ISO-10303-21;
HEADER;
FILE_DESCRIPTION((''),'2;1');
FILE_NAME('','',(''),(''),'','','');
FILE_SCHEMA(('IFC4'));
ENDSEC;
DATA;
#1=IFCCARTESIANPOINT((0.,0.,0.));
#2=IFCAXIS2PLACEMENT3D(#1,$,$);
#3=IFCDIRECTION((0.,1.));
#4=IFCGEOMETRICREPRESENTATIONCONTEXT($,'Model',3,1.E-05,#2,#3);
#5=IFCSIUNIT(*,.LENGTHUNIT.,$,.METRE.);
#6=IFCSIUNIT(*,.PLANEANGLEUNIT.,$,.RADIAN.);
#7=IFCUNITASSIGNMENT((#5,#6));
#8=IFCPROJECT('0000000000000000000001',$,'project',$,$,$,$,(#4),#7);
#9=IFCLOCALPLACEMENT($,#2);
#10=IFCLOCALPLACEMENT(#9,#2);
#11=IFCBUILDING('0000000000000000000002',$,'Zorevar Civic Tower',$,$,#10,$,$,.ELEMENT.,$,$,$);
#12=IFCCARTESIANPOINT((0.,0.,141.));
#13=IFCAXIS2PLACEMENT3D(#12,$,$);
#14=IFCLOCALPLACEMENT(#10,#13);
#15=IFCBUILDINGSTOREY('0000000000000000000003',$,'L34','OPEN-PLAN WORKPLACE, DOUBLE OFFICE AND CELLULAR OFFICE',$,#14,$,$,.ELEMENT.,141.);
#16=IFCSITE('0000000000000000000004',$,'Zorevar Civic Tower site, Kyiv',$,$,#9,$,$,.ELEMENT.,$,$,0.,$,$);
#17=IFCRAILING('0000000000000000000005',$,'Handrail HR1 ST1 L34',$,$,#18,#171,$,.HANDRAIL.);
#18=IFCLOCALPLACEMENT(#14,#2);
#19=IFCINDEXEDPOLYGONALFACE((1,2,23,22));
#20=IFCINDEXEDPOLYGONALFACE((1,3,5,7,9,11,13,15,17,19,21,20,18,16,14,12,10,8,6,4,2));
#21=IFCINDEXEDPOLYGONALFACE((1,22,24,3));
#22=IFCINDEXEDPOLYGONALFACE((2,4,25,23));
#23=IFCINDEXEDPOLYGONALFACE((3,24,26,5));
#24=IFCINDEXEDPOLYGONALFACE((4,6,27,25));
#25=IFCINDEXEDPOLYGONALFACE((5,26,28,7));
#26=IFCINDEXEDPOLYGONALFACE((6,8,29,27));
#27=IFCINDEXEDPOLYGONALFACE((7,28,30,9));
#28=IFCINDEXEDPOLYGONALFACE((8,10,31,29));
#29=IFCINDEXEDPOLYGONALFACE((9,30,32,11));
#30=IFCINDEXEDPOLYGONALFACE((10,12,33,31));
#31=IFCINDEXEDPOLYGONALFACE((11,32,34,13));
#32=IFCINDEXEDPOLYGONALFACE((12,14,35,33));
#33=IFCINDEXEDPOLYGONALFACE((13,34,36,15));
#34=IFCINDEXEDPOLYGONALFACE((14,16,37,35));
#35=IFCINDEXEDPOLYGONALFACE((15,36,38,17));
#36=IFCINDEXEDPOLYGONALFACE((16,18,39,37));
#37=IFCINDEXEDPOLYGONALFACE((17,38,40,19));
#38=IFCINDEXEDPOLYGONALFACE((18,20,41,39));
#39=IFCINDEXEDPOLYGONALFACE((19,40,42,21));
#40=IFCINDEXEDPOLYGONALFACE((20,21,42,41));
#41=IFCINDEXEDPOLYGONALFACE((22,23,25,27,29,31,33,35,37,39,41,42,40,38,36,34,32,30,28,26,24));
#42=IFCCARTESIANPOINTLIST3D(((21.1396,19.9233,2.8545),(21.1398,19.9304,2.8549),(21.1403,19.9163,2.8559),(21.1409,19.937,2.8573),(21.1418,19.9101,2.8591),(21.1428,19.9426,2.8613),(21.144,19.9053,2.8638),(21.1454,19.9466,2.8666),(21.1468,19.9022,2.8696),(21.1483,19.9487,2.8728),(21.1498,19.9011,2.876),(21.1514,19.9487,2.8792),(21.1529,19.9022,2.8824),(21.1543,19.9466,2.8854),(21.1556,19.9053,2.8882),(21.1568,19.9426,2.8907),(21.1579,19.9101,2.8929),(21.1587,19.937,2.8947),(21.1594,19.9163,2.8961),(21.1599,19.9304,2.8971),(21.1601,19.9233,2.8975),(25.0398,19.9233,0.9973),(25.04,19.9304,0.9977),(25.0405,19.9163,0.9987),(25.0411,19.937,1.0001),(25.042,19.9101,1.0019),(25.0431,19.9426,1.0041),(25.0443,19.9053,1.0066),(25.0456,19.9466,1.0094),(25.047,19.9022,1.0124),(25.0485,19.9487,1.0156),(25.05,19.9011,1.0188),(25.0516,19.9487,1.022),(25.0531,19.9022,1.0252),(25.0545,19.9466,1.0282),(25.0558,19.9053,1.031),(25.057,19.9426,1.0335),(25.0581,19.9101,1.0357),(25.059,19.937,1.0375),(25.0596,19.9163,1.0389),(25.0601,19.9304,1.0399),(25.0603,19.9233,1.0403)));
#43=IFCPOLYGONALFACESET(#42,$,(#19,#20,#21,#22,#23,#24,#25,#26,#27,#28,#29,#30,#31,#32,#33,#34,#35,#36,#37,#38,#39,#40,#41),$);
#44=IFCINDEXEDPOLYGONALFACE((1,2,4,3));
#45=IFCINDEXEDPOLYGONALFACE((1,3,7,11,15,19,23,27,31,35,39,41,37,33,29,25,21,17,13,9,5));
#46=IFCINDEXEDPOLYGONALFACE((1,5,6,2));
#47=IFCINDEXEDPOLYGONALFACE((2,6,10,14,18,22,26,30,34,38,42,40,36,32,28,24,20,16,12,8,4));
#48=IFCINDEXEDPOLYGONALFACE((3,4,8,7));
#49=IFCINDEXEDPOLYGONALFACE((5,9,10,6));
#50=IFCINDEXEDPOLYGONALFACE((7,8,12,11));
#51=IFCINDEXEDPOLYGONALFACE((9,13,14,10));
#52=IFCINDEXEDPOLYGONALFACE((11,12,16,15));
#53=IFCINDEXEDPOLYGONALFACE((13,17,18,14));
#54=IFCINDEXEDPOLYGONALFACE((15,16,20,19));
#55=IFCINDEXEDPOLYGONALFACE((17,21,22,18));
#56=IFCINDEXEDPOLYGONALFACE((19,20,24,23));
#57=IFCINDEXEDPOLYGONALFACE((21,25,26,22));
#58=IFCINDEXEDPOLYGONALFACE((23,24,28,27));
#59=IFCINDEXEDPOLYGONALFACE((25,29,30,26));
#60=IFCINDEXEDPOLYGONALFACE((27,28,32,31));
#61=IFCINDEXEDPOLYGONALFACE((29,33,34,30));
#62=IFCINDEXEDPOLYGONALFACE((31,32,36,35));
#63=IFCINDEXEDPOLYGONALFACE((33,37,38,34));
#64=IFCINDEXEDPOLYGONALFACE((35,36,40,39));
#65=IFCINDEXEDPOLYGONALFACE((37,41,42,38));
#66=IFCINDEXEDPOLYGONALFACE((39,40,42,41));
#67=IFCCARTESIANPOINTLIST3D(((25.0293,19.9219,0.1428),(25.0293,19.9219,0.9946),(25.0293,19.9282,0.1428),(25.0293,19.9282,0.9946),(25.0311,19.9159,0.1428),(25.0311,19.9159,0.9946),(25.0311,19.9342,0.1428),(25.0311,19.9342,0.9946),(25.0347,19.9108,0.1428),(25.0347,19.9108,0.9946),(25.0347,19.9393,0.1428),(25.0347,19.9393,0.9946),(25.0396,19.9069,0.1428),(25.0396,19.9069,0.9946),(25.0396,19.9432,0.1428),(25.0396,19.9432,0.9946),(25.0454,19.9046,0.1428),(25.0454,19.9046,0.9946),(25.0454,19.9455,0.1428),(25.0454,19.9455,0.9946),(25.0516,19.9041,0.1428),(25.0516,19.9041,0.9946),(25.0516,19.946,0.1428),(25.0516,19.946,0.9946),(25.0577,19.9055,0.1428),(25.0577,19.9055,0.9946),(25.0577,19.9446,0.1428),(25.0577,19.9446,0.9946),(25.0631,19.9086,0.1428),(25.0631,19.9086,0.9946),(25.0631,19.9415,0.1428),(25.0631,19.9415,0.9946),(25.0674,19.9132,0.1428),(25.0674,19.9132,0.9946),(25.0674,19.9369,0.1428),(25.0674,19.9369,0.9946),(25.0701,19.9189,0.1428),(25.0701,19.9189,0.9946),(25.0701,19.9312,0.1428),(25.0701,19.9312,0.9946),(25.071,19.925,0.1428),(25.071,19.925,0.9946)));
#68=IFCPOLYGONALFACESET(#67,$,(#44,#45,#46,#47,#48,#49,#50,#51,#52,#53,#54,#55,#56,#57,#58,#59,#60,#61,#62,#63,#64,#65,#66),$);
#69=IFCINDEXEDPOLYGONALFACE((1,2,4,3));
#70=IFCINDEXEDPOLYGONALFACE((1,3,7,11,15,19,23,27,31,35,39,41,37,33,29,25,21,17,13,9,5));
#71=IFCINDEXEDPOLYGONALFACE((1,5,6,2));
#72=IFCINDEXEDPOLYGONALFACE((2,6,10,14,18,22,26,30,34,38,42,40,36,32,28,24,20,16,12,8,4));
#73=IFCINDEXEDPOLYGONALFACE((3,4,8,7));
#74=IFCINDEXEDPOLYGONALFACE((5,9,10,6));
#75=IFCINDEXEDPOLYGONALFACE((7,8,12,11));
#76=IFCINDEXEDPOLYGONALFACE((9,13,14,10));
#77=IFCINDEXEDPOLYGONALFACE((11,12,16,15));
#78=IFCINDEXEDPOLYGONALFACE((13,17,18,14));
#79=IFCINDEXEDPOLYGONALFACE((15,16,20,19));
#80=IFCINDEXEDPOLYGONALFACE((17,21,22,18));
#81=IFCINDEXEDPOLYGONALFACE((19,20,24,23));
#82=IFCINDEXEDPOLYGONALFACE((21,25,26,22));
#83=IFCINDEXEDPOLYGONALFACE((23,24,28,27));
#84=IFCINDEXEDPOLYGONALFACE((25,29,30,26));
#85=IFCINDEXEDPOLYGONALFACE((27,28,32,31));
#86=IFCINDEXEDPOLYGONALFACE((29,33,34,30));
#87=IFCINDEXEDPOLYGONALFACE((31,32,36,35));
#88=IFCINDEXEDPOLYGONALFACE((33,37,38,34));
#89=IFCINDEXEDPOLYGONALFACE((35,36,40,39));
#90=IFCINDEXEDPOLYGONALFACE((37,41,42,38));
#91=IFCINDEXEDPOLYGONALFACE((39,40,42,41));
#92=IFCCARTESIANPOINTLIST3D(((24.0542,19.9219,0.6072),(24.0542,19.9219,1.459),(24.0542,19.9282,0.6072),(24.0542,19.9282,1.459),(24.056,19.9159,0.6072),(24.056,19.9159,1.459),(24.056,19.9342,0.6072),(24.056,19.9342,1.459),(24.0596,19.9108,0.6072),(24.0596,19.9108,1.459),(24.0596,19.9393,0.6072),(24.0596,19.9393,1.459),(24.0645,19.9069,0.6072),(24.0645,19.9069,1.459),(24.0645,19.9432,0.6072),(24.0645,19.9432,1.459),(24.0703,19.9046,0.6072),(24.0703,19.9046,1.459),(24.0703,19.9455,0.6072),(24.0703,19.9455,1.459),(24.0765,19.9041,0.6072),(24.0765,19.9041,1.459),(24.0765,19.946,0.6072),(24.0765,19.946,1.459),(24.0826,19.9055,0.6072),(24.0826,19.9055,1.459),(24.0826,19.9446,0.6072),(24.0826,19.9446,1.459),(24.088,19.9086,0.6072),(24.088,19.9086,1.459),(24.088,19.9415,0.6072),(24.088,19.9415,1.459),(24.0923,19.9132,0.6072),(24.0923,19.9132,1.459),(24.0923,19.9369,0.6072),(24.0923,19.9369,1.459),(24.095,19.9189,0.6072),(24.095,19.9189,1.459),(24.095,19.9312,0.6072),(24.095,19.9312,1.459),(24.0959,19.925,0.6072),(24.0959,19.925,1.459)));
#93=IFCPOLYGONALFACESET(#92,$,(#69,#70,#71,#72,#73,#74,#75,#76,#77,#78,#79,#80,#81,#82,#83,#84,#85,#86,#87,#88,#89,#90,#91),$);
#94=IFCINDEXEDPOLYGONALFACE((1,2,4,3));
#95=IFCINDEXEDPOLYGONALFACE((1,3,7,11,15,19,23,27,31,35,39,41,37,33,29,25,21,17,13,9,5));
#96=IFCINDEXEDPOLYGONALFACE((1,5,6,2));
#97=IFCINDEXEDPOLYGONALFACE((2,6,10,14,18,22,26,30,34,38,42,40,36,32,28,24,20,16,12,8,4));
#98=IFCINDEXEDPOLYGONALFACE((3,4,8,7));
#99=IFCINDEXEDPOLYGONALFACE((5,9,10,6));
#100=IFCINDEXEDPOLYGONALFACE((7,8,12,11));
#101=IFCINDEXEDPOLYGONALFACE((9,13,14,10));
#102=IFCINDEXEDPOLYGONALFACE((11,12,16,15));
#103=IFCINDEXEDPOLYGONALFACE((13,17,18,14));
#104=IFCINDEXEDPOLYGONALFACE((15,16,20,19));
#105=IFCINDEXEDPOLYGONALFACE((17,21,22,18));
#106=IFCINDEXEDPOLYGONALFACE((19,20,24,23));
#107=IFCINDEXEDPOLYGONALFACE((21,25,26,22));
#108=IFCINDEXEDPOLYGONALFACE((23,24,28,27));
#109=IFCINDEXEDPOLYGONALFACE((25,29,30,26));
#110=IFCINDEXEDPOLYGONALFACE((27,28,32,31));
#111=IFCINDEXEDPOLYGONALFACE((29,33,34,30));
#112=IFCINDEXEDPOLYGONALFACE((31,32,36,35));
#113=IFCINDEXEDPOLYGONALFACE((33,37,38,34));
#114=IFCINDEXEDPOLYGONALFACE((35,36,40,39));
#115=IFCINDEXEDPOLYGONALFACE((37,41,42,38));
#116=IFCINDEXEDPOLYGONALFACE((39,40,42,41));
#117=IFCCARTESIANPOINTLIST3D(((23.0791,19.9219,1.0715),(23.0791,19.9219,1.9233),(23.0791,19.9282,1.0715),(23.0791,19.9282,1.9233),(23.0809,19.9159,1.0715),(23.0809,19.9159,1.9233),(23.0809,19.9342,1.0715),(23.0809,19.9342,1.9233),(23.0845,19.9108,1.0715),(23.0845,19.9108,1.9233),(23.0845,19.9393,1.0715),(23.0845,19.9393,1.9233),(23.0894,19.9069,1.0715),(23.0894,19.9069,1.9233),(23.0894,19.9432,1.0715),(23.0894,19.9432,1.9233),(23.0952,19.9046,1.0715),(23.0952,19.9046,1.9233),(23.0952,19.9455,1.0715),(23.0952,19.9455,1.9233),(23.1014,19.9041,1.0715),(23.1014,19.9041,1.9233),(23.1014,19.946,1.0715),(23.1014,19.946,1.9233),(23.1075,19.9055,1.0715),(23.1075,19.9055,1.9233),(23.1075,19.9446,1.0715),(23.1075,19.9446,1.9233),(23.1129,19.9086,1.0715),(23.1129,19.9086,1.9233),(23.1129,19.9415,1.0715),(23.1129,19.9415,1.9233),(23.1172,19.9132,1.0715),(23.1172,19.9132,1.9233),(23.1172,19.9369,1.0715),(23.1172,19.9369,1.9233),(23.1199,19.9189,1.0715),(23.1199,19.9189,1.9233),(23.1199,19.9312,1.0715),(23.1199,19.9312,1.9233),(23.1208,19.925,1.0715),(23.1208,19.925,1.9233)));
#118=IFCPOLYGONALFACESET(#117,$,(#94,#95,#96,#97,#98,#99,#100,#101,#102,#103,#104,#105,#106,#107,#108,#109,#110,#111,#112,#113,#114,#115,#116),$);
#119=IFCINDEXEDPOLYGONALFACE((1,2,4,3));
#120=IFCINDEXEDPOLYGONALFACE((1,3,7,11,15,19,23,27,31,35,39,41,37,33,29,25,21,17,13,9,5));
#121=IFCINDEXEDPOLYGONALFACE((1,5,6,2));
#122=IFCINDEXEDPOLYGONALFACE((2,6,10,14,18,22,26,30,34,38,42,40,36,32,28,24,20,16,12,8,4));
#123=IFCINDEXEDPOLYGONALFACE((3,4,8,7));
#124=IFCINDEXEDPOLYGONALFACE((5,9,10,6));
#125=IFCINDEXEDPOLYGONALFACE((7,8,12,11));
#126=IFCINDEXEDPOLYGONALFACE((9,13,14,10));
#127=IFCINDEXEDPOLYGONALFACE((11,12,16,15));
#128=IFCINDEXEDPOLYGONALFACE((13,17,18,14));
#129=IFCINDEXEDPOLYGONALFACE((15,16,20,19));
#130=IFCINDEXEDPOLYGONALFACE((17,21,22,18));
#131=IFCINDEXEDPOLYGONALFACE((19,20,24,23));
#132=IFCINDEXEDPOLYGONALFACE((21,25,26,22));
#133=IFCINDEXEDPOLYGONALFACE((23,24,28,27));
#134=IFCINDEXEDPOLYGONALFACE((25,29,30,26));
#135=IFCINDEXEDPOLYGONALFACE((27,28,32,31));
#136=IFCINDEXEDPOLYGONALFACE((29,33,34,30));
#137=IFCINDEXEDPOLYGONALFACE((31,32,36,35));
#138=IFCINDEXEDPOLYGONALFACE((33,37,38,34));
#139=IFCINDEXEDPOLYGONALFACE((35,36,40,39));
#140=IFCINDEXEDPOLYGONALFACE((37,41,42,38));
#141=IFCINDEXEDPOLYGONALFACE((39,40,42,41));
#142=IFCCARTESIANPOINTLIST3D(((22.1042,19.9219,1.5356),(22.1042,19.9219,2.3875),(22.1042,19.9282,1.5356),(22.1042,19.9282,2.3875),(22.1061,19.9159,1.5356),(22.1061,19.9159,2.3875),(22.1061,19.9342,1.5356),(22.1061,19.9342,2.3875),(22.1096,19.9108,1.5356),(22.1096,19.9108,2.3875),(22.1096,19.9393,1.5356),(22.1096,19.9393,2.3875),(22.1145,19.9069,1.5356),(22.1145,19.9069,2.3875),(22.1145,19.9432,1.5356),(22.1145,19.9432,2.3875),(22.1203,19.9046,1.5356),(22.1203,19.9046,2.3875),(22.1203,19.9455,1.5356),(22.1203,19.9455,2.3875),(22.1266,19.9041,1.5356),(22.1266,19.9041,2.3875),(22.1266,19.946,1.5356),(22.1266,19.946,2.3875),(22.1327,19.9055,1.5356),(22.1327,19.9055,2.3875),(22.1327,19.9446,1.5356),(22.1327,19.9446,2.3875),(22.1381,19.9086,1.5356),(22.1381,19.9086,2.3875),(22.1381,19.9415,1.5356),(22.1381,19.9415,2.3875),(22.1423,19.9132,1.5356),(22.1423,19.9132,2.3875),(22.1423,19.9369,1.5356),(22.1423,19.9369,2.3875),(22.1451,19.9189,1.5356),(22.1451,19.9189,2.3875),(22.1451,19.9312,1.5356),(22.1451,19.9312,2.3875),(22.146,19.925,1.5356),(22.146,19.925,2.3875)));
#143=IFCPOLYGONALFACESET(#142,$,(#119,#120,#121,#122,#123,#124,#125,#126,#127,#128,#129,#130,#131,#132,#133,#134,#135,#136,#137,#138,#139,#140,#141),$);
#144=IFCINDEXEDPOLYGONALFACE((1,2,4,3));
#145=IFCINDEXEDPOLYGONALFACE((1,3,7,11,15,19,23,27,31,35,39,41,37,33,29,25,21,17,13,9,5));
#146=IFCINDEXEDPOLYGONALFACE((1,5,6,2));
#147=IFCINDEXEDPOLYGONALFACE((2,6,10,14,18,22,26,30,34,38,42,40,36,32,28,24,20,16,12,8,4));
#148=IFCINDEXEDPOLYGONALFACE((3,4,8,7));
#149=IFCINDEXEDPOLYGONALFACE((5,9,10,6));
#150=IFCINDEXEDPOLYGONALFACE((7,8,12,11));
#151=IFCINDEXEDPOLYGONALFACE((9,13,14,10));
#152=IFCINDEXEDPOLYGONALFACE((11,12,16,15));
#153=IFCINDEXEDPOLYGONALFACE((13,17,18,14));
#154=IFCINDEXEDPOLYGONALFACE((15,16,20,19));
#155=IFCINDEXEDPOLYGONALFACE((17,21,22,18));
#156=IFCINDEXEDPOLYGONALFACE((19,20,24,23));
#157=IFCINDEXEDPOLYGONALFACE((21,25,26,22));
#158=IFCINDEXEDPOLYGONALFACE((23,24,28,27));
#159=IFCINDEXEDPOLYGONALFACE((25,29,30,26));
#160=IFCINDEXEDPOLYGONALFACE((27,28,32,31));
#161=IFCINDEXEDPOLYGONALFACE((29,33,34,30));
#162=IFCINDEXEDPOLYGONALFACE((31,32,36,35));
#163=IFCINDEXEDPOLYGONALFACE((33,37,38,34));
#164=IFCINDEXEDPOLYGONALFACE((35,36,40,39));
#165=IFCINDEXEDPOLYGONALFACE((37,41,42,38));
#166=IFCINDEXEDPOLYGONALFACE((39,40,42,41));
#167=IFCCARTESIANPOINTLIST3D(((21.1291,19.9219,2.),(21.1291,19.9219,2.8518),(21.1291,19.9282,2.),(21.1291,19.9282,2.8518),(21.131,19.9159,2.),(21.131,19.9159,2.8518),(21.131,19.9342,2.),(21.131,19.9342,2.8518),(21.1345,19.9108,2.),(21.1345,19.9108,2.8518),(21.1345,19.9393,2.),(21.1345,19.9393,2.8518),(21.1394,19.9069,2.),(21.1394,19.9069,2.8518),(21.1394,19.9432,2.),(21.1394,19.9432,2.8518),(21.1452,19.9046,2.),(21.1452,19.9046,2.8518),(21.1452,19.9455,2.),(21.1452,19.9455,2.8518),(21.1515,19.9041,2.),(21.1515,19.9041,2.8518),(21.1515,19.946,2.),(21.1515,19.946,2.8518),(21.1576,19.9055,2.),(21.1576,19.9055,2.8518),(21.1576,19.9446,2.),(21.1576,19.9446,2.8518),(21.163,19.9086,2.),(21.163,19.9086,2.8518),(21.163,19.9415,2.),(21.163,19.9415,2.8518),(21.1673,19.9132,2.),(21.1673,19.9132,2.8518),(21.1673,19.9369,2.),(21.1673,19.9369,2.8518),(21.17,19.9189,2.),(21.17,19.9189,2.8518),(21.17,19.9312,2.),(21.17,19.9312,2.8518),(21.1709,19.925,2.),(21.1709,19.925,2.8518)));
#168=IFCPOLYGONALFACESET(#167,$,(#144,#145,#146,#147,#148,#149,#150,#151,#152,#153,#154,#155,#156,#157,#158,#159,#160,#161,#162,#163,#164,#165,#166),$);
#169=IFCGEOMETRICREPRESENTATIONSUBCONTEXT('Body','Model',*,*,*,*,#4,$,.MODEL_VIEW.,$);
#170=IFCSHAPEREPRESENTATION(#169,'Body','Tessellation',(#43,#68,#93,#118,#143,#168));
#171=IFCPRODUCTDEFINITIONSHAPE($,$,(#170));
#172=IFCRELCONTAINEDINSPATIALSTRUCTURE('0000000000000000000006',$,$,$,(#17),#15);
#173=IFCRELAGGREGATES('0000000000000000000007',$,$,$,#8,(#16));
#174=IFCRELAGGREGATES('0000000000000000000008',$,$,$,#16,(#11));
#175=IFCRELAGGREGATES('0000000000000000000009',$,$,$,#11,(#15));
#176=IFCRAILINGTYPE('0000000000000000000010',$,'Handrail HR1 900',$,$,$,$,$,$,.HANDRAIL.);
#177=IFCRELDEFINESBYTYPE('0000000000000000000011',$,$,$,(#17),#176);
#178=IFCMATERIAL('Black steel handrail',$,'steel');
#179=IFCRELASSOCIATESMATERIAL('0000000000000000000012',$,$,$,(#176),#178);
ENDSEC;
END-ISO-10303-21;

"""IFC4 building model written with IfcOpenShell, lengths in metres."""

from ifc_helpers import new_model, si_unit, direction, frame, origin, origin_2d, place, context, subcontext, project, spatial, circle, extrude, material, type_object, element, save


model = new_model("IFC4")

# Units and contexts
model_context = context("Model", 3, precision=1e-05, world=origin(), true_north=direction((0.0, 1.0)))
body_context = subcontext(model_context, "Body", "Model", "MODEL_VIEW")
ifc_project = project(units=[si_unit("LENGTHUNIT", "METRE"), si_unit("PLANEANGLEUNIT", "RADIAN")], contexts=[model_context])

# Site, building, storey
site_placement = place(None, origin())
site = spatial("IfcSite", under=ifc_project, at=site_placement, Name="Zorevar Civic Tower site, Kyiv", CompositionType="ELEMENT", RefElevation=0.0)
building_placement = place(site_placement, origin())
building = spatial("IfcBuilding", under=site, at=building_placement, Name="Zorevar Civic Tower", CompositionType="ELEMENT")
storey_placement = place(building_placement, frame((0.0, 0.0, 141.0)))
storey = spatial("IfcBuildingStorey", under=building, at=storey_placement, Name="L34", Description="OPEN-PLAN WORKPLACE, DOUBLE OFFICE AND CELLULAR OFFICE", CompositionType="ELEMENT", Elevation=141.0)

# Railing
ifc_material_1 = material(Name="Black steel handrail", Category="steel")
railing_type_1 = type_object("IfcRailingType", Name="Handrail HR1 900", PredefinedType="HANDRAIL", material=ifc_material_1)
railing_1_placement = place(storey_placement, frame((25.05, 19.925, 0.1428)))
element("IfcRailing", 1, at=railing_1_placement, inside=storey, type_object=railing_type_1, Name="Handrail HR1 ST1 L34", PredefinedType="HANDRAIL", context=body_context, shape_type="SweptSolid", body=[
    extrude(circle(Radius=0.0239, at=origin_2d()), frame((0.0, 0.0, 0.876), z_axis=(-0.902864, 0.0, 0.429927), x_axis=(0.0, -1.0, 0.0)), (0.0, 0.0, 1.0), 4.3198),
    extrude(circle(Radius=0.021, at=origin_2d()), origin(), (0.0, 0.0, 1.0), 0.8518),
    extrude(circle(Radius=0.021, at=origin_2d()), frame((-0.9751, 0.0, 0.4644)), (0.0, 0.0, 1.0), 0.8518),
    extrude(circle(Radius=0.021, at=origin_2d()), frame((-1.9502, 0.0, 0.9287)), (0.0, 0.0, 1.0), 0.8518),
    extrude(circle(Radius=0.021, at=origin_2d()), frame((-2.925, 0.0, 1.3928)), (0.0, 0.0, 1.0), 0.8518),
    extrude(circle(Radius=0.021, at=origin_2d()), frame((-3.9001, 0.0, 1.8572)), (0.0, 0.0, 1.0), 0.8518),
])

save(model, "model.ifc")
